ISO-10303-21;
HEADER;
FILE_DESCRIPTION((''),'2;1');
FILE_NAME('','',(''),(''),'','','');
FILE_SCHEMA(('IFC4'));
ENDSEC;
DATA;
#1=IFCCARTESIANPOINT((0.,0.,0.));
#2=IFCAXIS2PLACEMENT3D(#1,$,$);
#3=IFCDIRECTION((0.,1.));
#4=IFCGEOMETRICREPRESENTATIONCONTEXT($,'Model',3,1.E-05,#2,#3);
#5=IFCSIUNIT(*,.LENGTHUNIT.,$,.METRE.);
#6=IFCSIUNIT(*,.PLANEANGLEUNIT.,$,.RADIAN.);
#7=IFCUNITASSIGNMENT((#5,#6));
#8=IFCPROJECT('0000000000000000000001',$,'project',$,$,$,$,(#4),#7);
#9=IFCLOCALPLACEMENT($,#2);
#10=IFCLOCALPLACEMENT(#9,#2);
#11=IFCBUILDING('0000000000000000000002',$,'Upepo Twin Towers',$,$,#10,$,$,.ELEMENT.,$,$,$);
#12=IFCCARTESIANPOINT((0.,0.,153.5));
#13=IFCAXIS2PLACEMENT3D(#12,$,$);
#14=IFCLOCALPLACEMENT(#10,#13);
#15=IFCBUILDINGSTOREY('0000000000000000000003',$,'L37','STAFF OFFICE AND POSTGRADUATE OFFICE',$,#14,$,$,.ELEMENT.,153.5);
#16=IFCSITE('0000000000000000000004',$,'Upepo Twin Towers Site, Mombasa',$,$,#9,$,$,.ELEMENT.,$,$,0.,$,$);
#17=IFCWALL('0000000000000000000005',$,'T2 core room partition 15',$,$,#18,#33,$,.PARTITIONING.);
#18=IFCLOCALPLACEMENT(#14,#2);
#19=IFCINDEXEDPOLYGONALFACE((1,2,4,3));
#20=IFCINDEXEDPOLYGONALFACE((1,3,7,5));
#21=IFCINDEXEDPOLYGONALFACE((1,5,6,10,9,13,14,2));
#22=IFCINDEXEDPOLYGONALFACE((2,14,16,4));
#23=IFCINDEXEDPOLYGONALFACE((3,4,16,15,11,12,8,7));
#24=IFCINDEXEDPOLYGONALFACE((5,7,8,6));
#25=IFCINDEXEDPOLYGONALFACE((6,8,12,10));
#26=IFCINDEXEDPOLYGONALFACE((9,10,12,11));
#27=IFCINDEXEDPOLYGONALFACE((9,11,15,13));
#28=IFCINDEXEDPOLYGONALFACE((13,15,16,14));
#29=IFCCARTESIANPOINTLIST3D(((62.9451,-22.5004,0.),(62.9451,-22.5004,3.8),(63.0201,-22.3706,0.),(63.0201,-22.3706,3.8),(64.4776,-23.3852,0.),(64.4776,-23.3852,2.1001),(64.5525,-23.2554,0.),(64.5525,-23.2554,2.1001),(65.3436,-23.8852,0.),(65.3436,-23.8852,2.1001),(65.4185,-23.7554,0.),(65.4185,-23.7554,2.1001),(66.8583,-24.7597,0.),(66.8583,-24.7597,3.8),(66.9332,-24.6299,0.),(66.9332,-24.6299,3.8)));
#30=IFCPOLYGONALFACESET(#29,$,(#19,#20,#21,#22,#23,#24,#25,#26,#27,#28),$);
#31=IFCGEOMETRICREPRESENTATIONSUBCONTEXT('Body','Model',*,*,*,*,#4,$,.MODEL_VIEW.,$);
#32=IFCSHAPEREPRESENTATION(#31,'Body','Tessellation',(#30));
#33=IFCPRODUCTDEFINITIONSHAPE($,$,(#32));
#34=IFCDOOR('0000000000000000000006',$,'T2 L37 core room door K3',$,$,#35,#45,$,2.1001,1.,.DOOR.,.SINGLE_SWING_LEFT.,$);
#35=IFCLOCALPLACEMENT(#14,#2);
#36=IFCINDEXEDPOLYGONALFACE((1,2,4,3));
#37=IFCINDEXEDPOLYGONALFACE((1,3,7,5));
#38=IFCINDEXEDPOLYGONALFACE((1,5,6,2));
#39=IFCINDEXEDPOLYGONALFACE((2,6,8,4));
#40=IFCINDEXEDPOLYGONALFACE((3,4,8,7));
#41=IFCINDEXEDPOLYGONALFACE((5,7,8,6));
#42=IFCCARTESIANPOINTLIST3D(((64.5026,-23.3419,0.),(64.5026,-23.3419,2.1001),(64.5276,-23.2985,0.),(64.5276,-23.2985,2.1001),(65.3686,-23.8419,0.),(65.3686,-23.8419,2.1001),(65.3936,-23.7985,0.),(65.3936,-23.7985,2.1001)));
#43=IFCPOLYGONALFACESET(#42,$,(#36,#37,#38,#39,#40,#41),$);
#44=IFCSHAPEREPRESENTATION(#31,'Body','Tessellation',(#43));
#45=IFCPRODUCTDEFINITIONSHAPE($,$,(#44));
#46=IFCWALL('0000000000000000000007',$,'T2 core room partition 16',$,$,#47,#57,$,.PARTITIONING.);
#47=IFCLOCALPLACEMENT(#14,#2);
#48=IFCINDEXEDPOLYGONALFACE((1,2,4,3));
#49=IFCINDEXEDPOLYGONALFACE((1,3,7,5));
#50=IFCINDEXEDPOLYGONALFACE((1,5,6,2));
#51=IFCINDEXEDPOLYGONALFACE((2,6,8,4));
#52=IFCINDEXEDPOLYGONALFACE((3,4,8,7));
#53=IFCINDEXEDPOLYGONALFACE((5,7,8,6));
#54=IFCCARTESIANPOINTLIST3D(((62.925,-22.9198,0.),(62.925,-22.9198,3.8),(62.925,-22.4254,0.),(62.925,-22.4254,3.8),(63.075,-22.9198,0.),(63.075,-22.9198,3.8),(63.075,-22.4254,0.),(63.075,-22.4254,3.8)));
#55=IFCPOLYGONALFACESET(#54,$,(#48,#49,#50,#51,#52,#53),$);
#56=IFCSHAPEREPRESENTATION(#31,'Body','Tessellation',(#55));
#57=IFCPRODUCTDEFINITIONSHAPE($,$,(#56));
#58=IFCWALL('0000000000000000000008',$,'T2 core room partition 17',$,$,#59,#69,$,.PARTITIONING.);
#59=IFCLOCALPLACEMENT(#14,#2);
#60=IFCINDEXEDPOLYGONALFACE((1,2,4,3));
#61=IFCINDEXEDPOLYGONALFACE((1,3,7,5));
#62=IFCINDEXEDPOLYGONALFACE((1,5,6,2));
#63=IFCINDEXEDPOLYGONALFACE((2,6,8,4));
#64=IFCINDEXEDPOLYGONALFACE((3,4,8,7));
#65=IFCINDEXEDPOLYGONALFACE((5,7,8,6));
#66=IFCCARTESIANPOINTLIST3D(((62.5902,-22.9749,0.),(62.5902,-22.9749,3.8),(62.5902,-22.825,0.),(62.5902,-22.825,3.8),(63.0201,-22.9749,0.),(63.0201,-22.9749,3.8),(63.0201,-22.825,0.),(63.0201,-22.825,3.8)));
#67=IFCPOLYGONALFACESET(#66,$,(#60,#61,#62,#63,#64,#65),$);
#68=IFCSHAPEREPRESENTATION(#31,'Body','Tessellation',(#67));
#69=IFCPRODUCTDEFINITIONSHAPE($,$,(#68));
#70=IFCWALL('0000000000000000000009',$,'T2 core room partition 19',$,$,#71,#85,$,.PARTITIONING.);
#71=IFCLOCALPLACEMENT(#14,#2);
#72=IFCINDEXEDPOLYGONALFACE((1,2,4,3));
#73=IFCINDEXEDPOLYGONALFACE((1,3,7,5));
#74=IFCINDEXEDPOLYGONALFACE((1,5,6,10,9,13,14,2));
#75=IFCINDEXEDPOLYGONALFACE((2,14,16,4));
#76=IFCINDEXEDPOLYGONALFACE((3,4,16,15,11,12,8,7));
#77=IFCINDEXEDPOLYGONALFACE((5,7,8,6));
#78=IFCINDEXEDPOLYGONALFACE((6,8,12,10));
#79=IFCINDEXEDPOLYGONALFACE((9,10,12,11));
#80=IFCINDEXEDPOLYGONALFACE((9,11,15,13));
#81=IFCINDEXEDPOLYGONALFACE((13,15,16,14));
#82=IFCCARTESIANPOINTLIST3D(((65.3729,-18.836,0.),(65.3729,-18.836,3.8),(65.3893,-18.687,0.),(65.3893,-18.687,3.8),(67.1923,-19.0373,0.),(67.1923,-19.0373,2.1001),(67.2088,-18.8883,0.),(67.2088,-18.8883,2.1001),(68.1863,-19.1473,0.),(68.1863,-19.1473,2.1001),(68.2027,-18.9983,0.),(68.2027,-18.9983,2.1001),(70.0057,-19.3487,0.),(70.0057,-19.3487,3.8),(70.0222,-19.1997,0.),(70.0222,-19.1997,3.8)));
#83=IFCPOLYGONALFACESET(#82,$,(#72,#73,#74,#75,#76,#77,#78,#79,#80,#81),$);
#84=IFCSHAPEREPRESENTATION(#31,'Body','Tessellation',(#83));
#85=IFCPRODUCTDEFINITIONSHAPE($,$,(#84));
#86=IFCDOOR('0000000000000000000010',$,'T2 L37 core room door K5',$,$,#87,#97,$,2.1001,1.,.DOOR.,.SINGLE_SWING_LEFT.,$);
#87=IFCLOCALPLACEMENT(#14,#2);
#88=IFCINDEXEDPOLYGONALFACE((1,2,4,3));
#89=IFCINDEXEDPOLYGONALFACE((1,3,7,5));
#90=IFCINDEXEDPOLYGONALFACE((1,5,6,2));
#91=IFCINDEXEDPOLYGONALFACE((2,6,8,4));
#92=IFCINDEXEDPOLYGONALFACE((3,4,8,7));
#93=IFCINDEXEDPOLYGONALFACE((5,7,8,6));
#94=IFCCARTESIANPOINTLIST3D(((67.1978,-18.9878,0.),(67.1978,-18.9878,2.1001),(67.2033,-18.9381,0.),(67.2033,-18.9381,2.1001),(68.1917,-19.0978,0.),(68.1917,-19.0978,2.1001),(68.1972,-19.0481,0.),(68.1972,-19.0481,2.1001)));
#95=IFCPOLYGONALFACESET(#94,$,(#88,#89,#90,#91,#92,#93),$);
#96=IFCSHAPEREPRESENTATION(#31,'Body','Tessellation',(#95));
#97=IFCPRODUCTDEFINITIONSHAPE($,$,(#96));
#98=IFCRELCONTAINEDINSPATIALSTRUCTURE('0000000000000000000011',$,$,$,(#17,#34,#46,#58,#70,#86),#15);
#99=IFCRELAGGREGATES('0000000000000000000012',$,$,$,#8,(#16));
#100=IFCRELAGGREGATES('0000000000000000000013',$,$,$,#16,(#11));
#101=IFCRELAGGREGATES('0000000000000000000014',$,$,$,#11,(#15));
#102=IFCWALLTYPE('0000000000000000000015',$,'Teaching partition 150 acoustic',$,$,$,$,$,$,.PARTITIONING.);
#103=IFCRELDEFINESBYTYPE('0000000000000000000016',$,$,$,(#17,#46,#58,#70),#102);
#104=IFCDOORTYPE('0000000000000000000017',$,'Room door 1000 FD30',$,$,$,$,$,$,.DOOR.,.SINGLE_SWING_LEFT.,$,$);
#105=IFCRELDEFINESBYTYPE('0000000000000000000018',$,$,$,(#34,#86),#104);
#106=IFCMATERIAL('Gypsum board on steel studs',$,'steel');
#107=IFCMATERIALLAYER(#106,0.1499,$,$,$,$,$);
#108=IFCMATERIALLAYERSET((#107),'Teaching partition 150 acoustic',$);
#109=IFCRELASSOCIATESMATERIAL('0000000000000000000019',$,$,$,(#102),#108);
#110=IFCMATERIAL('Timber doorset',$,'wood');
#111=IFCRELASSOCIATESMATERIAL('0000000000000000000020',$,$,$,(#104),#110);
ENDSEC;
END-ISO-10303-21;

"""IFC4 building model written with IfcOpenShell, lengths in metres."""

from ifc_helpers import new_model, si_unit, direction, frame, frame_2d, origin, place, context, subcontext, project, spatial, rectangle, extrude, material, layer, layer_set, type_object, element, fill, save


model = new_model("IFC4")

# Units and contexts
model_context = context("Model", 3, precision=1e-05, world=origin(), true_north=direction((0.0, 1.0)))
body_context = subcontext(model_context, "Body", "Model", "MODEL_VIEW")
ifc_project = project(units=[si_unit("LENGTHUNIT", "METRE"), si_unit("PLANEANGLEUNIT", "RADIAN")], contexts=[model_context])

# Site, building, storey
site_placement = place(None, origin())
site = spatial("IfcSite", under=ifc_project, at=site_placement, Name="Upepo Twin Towers Site, Mombasa", CompositionType="ELEMENT", RefElevation=0.0)
building_placement = place(site_placement, origin())
building = spatial("IfcBuilding", under=site, at=building_placement, Name="Upepo Twin Towers", CompositionType="ELEMENT")
storey_placement = place(building_placement, frame((0.0, 0.0, 153.5)))
storey = spatial("IfcBuildingStorey", under=building, at=storey_placement, Name="L37", Description="STAFF OFFICE AND POSTGRADUATE OFFICE", CompositionType="ELEMENT", Elevation=153.5)

# Shared definitions
ifc_material_1 = material(Name="Gypsum board on steel studs", Category="steel")
ifc_layer_1 = layer(ifc_material_1, 0.1499)
ifc_layer_set_1 = layer_set([ifc_layer_1], Name="Teaching partition 150 acoustic")
wall_type_1 = type_object("IfcWallType", Name="Teaching partition 150 acoustic", PredefinedType="PARTITIONING", material=ifc_layer_set_1)

# Wall, opening, door
ifc_material_2 = material(Name="Timber doorset", Category="wood")
door_type_1 = type_object("IfcDoorType", Name="Room door 1000 FD30", OperationType="SINGLE_SWING_LEFT", PredefinedType="DOOR", material=ifc_material_2)
wall_1_placement = place(storey_placement, frame((66.8958, -24.6948, 0.0), z_axis=(0.0, 0.0, 1.0), x_axis=(-0.86602, 0.500009, 0.0)))
wall_1 = element("IfcWall", 1, at=wall_1_placement, inside=storey, type_object=wall_type_1, Name="T2 core room partition 15", PredefinedType="PARTITIONING", context=body_context, shape_type="SweptSolid", body=[
    extrude(rectangle(XDim=4.5186, YDim=0.1499, at=frame_2d((2.2593, 0.0))), origin(), (0.0, 0.0, 1.0), 3.8),
])
opening_1_placement = place(wall_1_placement, frame((1.749, 0.0, 0.0)))
opening_1 = element("IfcOpeningElement", 2, at=opening_1_placement, cuts=wall_1, PredefinedType="OPENING", context=body_context, shape_type="SweptSolid", body=[
    extrude(rectangle(XDim=1.0, YDim=2.1001, at=frame_2d((0.5, 1.05))), frame((0.0, 0.085, 0.0), z_axis=(0.0, -1.0, 0.0), x_axis=(1.0, 0.0, 0.0)), (0.0, 0.0, 1.0), 0.1699),
])
door_1_placement = place(opening_1_placement, origin())
door_1 = element("IfcDoor", 3, at=door_1_placement, inside=storey, type_object=door_type_1, Name="T2 L37 core room door K3", OperationType="SINGLE_SWING_LEFT", OverallHeight=2.1001, OverallWidth=1.0, PredefinedType="DOOR", context=body_context, shape_type="SweptSolid", body=[
    extrude(rectangle(XDim=1.0, YDim=2.1001, at=frame_2d((0.5, 1.05))), frame((0.0, 0.0249, 0.0), z_axis=(0.0, -1.0, 0.0), x_axis=(1.0, 0.0, 0.0)), (0.0, 0.0, 1.0), 0.05),
])
fill(opening_1, door_1)

# Walls
wall_2_placement = place(storey_placement, frame((63.0, -22.4255, 0.0), z_axis=(0.0, 0.0, 1.0), x_axis=(0.0, -1.0, 0.0)))
element("IfcWall", 4, at=wall_2_placement, inside=storey, type_object=wall_type_1, Name="T2 core room partition 16", PredefinedType="PARTITIONING", context=body_context, shape_type="SweptSolid", body=[
    extrude(rectangle(XDim=0.4944, YDim=0.1499, at=frame_2d((0.2471, 0.0))), origin(), (0.0, 0.0, 1.0), 3.8),
])
wall_3_placement = place(storey_placement, frame((63.02, -22.8999, 0.0), z_axis=(0.0, 0.0, 1.0), x_axis=(-1.0, 0.0, 0.0)))
element("IfcWall", 5, at=wall_3_placement, inside=storey, type_object=wall_type_1, Name="T2 core room partition 17", PredefinedType="PARTITIONING", context=body_context, shape_type="SweptSolid", body=[
    extrude(rectangle(XDim=0.4299, YDim=0.1499, at=frame_2d((0.2148, 0.0))), origin(), (0.0, 0.0, 1.0), 3.8),
])

# Wall, opening, door
wall_4_placement = place(storey_placement, frame((65.3811, -18.7615, 0.0), z_axis=(0.0, 0.0, 1.0), x_axis=(0.993932, -0.109995, 0.0)))
wall_4 = element("IfcWall", 6, at=wall_4_placement, inside=storey, type_object=wall_type_1, Name="T2 core room partition 19", PredefinedType="PARTITIONING", context=body_context, shape_type="SweptSolid", body=[
    extrude(rectangle(XDim=4.6611, YDim=0.1499, at=frame_2d((2.3306, 0.0))), origin(), (0.0, 0.0, 1.0), 3.8),
])
opening_2_placement = place(wall_4_placement, frame((1.8306, 0.0, 0.0)))
opening_2 = element("IfcOpeningElement", 7, at=opening_2_placement, cuts=wall_4, PredefinedType="OPENING", context=body_context, shape_type="SweptSolid", body=[
    extrude(rectangle(XDim=1.0, YDim=2.1001, at=frame_2d((0.5, 1.05))), frame((0.0, 0.085, 0.0), z_axis=(0.0, -1.0, 0.0), x_axis=(1.0, 0.0, 0.0)), (0.0, 0.0, 1.0), 0.1699),
])
door_2_placement = place(opening_2_placement, origin())
door_2 = element("IfcDoor", 8, at=door_2_placement, inside=storey, type_object=door_type_1, Name="T2 L37 core room door K5", OperationType="SINGLE_SWING_LEFT", OverallHeight=2.1001, OverallWidth=1.0, PredefinedType="DOOR", context=body_context, shape_type="SweptSolid", body=[
    extrude(rectangle(XDim=1.0, YDim=2.1001, at=frame_2d((0.5, 1.05))), frame((0.0, 0.0249, 0.0), z_axis=(0.0, -1.0, 0.0), x_axis=(1.0, 0.0, 0.0)), (0.0, 0.0, 1.0), 0.05),
])
fill(opening_2, door_2)

save(model, "model.ifc")
